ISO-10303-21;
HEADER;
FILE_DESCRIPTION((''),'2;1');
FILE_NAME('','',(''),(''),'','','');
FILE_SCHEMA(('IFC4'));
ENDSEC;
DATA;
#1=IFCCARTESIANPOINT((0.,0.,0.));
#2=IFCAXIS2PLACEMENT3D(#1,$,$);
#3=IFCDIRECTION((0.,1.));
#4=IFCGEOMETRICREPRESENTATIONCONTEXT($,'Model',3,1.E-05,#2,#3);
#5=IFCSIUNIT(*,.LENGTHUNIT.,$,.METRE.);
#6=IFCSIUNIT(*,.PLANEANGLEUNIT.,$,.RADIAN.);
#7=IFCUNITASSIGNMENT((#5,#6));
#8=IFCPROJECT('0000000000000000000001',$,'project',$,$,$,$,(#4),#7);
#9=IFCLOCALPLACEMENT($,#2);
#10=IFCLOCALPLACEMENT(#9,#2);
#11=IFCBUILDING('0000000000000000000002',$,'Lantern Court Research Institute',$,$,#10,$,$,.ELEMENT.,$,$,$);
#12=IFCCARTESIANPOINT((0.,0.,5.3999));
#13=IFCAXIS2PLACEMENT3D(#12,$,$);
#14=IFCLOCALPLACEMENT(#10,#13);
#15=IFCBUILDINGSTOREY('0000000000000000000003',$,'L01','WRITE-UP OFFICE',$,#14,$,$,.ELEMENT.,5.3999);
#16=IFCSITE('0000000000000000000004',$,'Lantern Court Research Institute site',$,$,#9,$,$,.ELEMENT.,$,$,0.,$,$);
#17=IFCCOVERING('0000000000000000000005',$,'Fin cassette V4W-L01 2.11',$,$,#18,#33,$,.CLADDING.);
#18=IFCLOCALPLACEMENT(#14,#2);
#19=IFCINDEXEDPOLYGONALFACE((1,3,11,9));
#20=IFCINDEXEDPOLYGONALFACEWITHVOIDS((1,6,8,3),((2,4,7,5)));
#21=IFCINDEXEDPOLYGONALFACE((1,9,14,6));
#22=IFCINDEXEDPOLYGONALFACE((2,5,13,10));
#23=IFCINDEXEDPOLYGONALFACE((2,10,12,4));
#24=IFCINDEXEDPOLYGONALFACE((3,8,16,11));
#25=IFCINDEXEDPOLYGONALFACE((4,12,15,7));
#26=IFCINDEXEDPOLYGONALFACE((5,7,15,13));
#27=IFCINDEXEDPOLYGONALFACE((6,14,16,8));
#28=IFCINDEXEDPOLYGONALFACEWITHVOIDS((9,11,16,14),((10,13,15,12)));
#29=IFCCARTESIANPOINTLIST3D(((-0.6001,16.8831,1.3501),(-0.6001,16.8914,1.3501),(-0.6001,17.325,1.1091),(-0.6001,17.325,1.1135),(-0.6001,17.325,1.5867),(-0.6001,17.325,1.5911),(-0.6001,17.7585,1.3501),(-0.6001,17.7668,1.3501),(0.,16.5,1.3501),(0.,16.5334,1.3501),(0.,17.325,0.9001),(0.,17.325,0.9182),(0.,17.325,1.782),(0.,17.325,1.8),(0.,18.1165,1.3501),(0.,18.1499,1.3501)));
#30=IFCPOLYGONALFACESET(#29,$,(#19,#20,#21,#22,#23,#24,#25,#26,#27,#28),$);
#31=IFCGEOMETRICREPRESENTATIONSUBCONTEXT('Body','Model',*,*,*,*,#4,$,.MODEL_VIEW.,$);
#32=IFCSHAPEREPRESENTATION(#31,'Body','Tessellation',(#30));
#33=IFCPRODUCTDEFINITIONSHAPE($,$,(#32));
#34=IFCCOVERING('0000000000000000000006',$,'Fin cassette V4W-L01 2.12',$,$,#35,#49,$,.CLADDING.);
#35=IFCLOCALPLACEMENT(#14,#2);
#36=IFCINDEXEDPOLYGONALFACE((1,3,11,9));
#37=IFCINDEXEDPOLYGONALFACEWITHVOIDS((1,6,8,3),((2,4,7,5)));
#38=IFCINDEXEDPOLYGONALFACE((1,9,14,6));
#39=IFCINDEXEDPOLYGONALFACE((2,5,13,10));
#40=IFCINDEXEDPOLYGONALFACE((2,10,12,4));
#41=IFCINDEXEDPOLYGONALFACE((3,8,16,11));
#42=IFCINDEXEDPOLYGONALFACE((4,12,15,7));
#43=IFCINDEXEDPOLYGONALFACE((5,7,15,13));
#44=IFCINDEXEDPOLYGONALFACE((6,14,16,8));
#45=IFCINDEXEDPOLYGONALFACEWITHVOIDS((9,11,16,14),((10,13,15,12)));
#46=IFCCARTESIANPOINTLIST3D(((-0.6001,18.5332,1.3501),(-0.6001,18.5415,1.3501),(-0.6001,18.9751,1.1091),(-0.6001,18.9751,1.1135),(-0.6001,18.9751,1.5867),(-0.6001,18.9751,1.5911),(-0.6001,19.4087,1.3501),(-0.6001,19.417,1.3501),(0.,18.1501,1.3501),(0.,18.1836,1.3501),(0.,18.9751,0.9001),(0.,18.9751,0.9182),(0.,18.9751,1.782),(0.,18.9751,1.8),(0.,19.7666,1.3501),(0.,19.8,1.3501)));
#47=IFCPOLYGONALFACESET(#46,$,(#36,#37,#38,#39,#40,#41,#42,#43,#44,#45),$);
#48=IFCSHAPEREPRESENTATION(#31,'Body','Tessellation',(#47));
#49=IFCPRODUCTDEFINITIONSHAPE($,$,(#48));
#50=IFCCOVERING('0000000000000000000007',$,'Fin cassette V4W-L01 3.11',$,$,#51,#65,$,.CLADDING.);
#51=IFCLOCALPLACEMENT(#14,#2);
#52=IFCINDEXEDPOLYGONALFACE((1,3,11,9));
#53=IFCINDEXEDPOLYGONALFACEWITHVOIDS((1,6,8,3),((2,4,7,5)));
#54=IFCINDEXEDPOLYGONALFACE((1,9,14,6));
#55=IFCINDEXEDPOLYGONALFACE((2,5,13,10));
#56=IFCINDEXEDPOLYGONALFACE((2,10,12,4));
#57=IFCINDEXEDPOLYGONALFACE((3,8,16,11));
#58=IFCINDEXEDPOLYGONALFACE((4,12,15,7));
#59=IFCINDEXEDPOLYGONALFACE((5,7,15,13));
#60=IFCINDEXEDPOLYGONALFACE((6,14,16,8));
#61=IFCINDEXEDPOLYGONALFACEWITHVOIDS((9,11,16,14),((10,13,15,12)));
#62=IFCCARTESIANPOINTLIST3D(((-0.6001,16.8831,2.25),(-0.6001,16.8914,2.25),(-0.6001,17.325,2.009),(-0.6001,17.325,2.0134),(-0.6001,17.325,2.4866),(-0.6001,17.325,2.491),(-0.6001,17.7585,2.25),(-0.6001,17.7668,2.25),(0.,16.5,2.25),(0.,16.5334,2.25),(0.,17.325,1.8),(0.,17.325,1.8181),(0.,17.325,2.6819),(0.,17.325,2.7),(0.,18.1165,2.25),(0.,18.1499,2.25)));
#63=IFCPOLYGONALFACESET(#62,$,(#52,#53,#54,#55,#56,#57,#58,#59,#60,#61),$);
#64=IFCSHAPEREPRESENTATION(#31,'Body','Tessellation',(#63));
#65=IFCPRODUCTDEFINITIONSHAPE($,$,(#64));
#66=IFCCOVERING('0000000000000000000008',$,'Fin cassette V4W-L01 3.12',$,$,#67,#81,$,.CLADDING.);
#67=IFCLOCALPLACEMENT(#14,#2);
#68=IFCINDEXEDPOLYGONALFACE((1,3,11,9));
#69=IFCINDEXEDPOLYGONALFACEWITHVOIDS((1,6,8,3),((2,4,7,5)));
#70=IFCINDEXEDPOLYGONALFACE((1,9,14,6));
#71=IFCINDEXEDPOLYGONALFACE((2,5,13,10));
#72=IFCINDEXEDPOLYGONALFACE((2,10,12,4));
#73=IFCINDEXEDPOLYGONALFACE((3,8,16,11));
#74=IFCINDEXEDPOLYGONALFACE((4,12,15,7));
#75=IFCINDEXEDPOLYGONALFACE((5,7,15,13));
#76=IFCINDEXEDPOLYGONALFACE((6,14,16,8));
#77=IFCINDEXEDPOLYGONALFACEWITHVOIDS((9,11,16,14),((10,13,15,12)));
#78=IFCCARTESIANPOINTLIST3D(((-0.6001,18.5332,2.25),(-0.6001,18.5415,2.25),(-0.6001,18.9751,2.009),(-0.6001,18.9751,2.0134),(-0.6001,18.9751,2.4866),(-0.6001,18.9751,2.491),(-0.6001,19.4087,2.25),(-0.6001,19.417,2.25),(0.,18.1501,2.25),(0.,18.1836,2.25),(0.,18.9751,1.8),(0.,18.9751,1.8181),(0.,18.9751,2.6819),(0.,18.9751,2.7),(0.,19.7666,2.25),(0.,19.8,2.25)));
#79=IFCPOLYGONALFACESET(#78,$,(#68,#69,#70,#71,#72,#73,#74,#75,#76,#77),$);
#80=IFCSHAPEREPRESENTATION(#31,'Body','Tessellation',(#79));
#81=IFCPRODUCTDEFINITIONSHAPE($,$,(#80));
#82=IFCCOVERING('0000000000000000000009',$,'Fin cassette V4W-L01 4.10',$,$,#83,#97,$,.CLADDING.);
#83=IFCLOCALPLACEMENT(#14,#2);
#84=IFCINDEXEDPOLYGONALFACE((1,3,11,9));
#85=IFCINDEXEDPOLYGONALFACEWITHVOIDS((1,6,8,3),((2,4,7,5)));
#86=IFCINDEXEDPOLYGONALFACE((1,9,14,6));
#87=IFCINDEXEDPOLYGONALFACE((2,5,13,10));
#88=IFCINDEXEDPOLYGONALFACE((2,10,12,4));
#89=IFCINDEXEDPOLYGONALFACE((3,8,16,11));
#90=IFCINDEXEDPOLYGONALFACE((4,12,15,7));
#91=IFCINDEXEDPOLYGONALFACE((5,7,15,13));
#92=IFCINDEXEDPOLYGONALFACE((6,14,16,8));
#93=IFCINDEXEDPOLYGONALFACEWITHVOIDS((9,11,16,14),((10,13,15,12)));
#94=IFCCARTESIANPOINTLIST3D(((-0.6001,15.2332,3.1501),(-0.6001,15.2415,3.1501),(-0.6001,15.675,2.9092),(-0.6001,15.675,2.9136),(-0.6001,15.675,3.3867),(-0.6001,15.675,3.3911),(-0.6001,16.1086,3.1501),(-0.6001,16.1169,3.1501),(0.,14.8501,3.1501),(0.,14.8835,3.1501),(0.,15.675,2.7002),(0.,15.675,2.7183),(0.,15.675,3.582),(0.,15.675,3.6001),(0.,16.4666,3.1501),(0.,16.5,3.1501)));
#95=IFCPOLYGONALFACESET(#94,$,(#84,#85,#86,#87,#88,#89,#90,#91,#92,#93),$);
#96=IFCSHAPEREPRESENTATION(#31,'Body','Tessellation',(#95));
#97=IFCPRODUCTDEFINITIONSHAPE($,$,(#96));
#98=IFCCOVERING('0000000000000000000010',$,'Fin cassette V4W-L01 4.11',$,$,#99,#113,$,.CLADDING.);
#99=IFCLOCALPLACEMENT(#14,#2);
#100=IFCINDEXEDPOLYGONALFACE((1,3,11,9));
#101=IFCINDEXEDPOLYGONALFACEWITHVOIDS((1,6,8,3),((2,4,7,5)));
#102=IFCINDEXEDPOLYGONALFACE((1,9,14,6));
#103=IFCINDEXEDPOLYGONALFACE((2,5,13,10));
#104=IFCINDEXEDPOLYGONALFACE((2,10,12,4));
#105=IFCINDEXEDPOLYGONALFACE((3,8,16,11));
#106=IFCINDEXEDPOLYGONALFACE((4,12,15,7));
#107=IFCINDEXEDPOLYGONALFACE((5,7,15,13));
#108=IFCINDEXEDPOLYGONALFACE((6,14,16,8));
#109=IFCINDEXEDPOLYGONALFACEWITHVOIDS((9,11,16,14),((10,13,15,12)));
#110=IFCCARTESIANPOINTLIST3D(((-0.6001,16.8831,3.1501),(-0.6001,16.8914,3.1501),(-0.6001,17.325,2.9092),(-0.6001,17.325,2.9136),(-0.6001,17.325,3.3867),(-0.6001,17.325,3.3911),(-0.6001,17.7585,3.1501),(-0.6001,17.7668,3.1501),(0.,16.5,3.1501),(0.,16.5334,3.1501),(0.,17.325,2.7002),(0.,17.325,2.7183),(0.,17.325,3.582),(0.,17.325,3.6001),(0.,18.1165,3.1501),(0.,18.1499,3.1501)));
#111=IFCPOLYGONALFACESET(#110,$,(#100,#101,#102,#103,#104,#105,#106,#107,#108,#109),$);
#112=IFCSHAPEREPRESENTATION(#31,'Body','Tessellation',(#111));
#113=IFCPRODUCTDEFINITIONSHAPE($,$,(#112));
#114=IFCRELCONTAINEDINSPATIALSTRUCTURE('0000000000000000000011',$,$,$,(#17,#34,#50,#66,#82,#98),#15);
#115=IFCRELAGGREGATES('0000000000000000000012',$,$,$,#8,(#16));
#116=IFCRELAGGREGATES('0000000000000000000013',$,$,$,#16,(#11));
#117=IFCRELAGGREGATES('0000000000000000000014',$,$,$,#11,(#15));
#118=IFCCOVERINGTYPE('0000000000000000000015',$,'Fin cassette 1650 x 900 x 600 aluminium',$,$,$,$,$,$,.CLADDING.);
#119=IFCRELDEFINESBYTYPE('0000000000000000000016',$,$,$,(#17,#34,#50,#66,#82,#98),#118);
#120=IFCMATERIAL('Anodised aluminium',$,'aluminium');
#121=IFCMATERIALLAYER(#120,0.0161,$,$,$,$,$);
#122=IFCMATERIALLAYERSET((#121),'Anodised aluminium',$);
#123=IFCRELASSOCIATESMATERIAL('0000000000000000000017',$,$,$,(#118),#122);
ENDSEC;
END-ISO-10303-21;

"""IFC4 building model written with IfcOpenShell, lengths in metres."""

from ifc_helpers import new_model, entity, si_unit, direction, frame, origin, place, context, subcontext, project, spatial, material, layer, layer_set, type_object, element, save


model = new_model("IFC4")

# Units and contexts
model_context = context("Model", 3, precision=1e-05, world=origin(), true_north=direction((0.0, 1.0)))
body_context = subcontext(model_context, "Body", "Model", "MODEL_VIEW")
ifc_project = project(units=[si_unit("LENGTHUNIT", "METRE"), si_unit("PLANEANGLEUNIT", "RADIAN")], contexts=[model_context])

# Site, building, storey
site_placement = place(None, origin())
site = spatial("IfcSite", under=ifc_project, at=site_placement, Name="Lantern Court Research Institute site", CompositionType="ELEMENT", RefElevation=0.0)
building_placement = place(site_placement, origin())
building = spatial("IfcBuilding", under=site, at=building_placement, Name="Lantern Court Research Institute", CompositionType="ELEMENT")
storey_placement = place(building_placement, frame((0.0, 0.0, 5.3999)))
storey = spatial("IfcBuildingStorey", under=building, at=storey_placement, Name="L01", Description="WRITE-UP OFFICE", CompositionType="ELEMENT", Elevation=5.3999)

# Coverings
ifc_material_1 = material(Name="Anodised aluminium", Category="aluminium")
ifc_layer_1 = layer(ifc_material_1, 0.0161)
ifc_layer_set_1 = layer_set([ifc_layer_1], Name="Anodised aluminium")
covering_type = type_object("IfcCoveringType", Name="Fin cassette 1650 x 900 x 600 aluminium", PredefinedType="CLADDING", material=ifc_layer_set_1)
covering_1_placement = place(storey_placement, frame((0.0, 17.325, 1.3501), z_axis=(-1.0, 0.0, 0.0), x_axis=(0.0, -1.0, 0.0)))
cartesian_point_1 = entity("IfcCartesianPoint", [0.825, 0.0])
cartesian_point_2 = entity("IfcCartesianPoint", [0.7915, 0.0])
cartesian_point_3 = entity("IfcCartesianPoint", [0.4419, 0.0])
cartesian_point_4 = entity("IfcCartesianPoint", [0.4336, 0.0])
element("IfcCovering", 1, at=covering_1_placement, inside=storey, type_object=covering_type, Name="Fin cassette V4W-L01 2.11", PredefinedType="CLADDING", context=body_context, shape_type="SweptSolid", body=[
    entity("IfcExtrudedAreaSolidTapered", entity("IfcArbitraryProfileDefWithVoids", "AREA", None, entity("IfcPolyline", [cartesian_point_1, entity("IfcCartesianPoint", [0.0, 0.45]), entity("IfcCartesianPoint", [-0.825, 0.0]), entity("IfcCartesianPoint", [0.0, -0.45]), cartesian_point_1]), [entity("IfcPolyline", [cartesian_point_2, entity("IfcCartesianPoint", [0.0, 0.4319]), entity("IfcCartesianPoint", [-0.7915, 0.0]), entity("IfcCartesianPoint", [0.0, -0.4319]), cartesian_point_2])]), entity("IfcAxis2Placement3D", entity("IfcCartesianPoint", [0.0, 0.0, 0.0])), entity("IfcDirection", [0.0, 0.0, 1.0]), 0.6001, entity("IfcArbitraryProfileDefWithVoids", "AREA", None, entity("IfcPolyline", [cartesian_point_3, entity("IfcCartesianPoint", [0.0, 0.241]), entity("IfcCartesianPoint", [-0.4419, 0.0]), entity("IfcCartesianPoint", [0.0, -0.241]), cartesian_point_3]), [entity("IfcPolyline", [cartesian_point_4, entity("IfcCartesianPoint", [0.0, 0.2366]), entity("IfcCartesianPoint", [-0.4336, 0.0]), entity("IfcCartesianPoint", [0.0, -0.2366]), cartesian_point_4])])),
])
covering_2_placement = place(storey_placement, frame((0.0, 18.9751, 1.3501), z_axis=(-1.0, 0.0, 0.0), x_axis=(0.0, -1.0, 0.0)))
cartesian_point_5 = entity("IfcCartesianPoint", [0.825, 0.0])
cartesian_point_6 = entity("IfcCartesianPoint", [0.7915, 0.0])
cartesian_point_7 = entity("IfcCartesianPoint", [0.4419, 0.0])
cartesian_point_8 = entity("IfcCartesianPoint", [0.4336, 0.0])
element("IfcCovering", 2, at=covering_2_placement, inside=storey, type_object=covering_type, Name="Fin cassette V4W-L01 2.12", PredefinedType="CLADDING", context=body_context, shape_type="SweptSolid", body=[
    entity("IfcExtrudedAreaSolidTapered", entity("IfcArbitraryProfileDefWithVoids", "AREA", None, entity("IfcPolyline", [cartesian_point_5, entity("IfcCartesianPoint", [0.0, 0.45]), entity("IfcCartesianPoint", [-0.825, 0.0]), entity("IfcCartesianPoint", [0.0, -0.45]), cartesian_point_5]), [entity("IfcPolyline", [cartesian_point_6, entity("IfcCartesianPoint", [0.0, 0.4319]), entity("IfcCartesianPoint", [-0.7915, 0.0]), entity("IfcCartesianPoint", [0.0, -0.4319]), cartesian_point_6])]), entity("IfcAxis2Placement3D", entity("IfcCartesianPoint", [0.0, 0.0, 0.0])), entity("IfcDirection", [0.0, 0.0, 1.0]), 0.6001, entity("IfcArbitraryProfileDefWithVoids", "AREA", None, entity("IfcPolyline", [cartesian_point_7, entity("IfcCartesianPoint", [0.0, 0.241]), entity("IfcCartesianPoint", [-0.4419, 0.0]), entity("IfcCartesianPoint", [0.0, -0.241]), cartesian_point_7]), [entity("IfcPolyline", [cartesian_point_8, entity("IfcCartesianPoint", [0.0, 0.2366]), entity("IfcCartesianPoint", [-0.4336, 0.0]), entity("IfcCartesianPoint", [0.0, -0.2366]), cartesian_point_8])])),
])
covering_3_placement = place(storey_placement, frame((0.0, 17.325, 2.25), z_axis=(-1.0, 0.0, 0.0), x_axis=(0.0, -1.0, 0.0)))
cartesian_point_9 = entity("IfcCartesianPoint", [0.825, 0.0])
cartesian_point_10 = entity("IfcCartesianPoint", [0.7915, 0.0])
cartesian_point_11 = entity("IfcCartesianPoint", [0.4419, 0.0])
cartesian_point_12 = entity("IfcCartesianPoint", [0.4336, 0.0])
element("IfcCovering", 3, at=covering_3_placement, inside=storey, type_object=covering_type, Name="Fin cassette V4W-L01 3.11", PredefinedType="CLADDING", context=body_context, shape_type="SweptSolid", body=[
    entity("IfcExtrudedAreaSolidTapered", entity("IfcArbitraryProfileDefWithVoids", "AREA", None, entity("IfcPolyline", [cartesian_point_9, entity("IfcCartesianPoint", [0.0, 0.45]), entity("IfcCartesianPoint", [-0.825, 0.0]), entity("IfcCartesianPoint", [0.0, -0.45]), cartesian_point_9]), [entity("IfcPolyline", [cartesian_point_10, entity("IfcCartesianPoint", [0.0, 0.4319]), entity("IfcCartesianPoint", [-0.7915, 0.0]), entity("IfcCartesianPoint", [0.0, -0.4319]), cartesian_point_10])]), entity("IfcAxis2Placement3D", entity("IfcCartesianPoint", [0.0, 0.0, 0.0])), entity("IfcDirection", [0.0, 0.0, 1.0]), 0.6001, entity("IfcArbitraryProfileDefWithVoids", "AREA", None, entity("IfcPolyline", [cartesian_point_11, entity("IfcCartesianPoint", [0.0, 0.241]), entity("IfcCartesianPoint", [-0.4419, 0.0]), entity("IfcCartesianPoint", [0.0, -0.241]), cartesian_point_11]), [entity("IfcPolyline", [cartesian_point_12, entity("IfcCartesianPoint", [0.0, 0.2366]), entity("IfcCartesianPoint", [-0.4336, 0.0]), entity("IfcCartesianPoint", [0.0, -0.2366]), cartesian_point_12])])),
])
covering_4_placement = place(storey_placement, frame((0.0, 18.9751, 2.25), z_axis=(-1.0, 0.0, 0.0), x_axis=(0.0, -1.0, 0.0)))
cartesian_point_13 = entity("IfcCartesianPoint", [0.825, 0.0])
cartesian_point_14 = entity("IfcCartesianPoint", [0.7915, 0.0])
cartesian_point_15 = entity("IfcCartesianPoint", [0.4419, 0.0])
cartesian_point_16 = entity("IfcCartesianPoint", [0.4336, 0.0])
element("IfcCovering", 4, at=covering_4_placement, inside=storey, type_object=covering_type, Name="Fin cassette V4W-L01 3.12", PredefinedType="CLADDING", context=body_context, shape_type="SweptSolid", body=[
    entity("IfcExtrudedAreaSolidTapered", entity("IfcArbitraryProfileDefWithVoids", "AREA", None, entity("IfcPolyline", [cartesian_point_13, entity("IfcCartesianPoint", [0.0, 0.45]), entity("IfcCartesianPoint", [-0.825, 0.0]), entity("IfcCartesianPoint", [0.0, -0.45]), cartesian_point_13]), [entity("IfcPolyline", [cartesian_point_14, entity("IfcCartesianPoint", [0.0, 0.4319]), entity("IfcCartesianPoint", [-0.7915, 0.0]), entity("IfcCartesianPoint", [0.0, -0.4319]), cartesian_point_14])]), entity("IfcAxis2Placement3D", entity("IfcCartesianPoint", [0.0, 0.0, 0.0])), entity("IfcDirection", [0.0, 0.0, 1.0]), 0.6001, entity("IfcArbitraryProfileDefWithVoids", "AREA", None, entity("IfcPolyline", [cartesian_point_15, entity("IfcCartesianPoint", [0.0, 0.241]), entity("IfcCartesianPoint", [-0.4419, 0.0]), entity("IfcCartesianPoint", [0.0, -0.241]), cartesian_point_15]), [entity("IfcPolyline", [cartesian_point_16, entity("IfcCartesianPoint", [0.0, 0.2366]), entity("IfcCartesianPoint", [-0.4336, 0.0]), entity("IfcCartesianPoint", [0.0, -0.2366]), cartesian_point_16])])),
])
covering_5_placement = place(storey_placement, frame((0.0, 15.675, 3.1501), z_axis=(-1.0, 0.0, 0.0), x_axis=(0.0, -1.0, 0.0)))
cartesian_point_17 = entity("IfcCartesianPoint", [0.825, 0.0])
cartesian_point_18 = entity("IfcCartesianPoint", [0.7915, 0.0])
cartesian_point_19 = entity("IfcCartesianPoint", [0.4419, 0.0])
cartesian_point_20 = entity("IfcCartesianPoint", [0.4336, 0.0])
element("IfcCovering", 5, at=covering_5_placement, inside=storey, type_object=covering_type, Name="Fin cassette V4W-L01 4.10", PredefinedType="CLADDING", context=body_context, shape_type="SweptSolid", body=[
    entity("IfcExtrudedAreaSolidTapered", entity("IfcArbitraryProfileDefWithVoids", "AREA", None, entity("IfcPolyline", [cartesian_point_17, entity("IfcCartesianPoint", [0.0, 0.45]), entity("IfcCartesianPoint", [-0.825, 0.0]), entity("IfcCartesianPoint", [0.0, -0.45]), cartesian_point_17]), [entity("IfcPolyline", [cartesian_point_18, entity("IfcCartesianPoint", [0.0, 0.4319]), entity("IfcCartesianPoint", [-0.7915, 0.0]), entity("IfcCartesianPoint", [0.0, -0.4319]), cartesian_point_18])]), entity("IfcAxis2Placement3D", entity("IfcCartesianPoint", [0.0, 0.0, 0.0])), entity("IfcDirection", [0.0, 0.0, 1.0]), 0.6001, entity("IfcArbitraryProfileDefWithVoids", "AREA", None, entity("IfcPolyline", [cartesian_point_19, entity("IfcCartesianPoint", [0.0, 0.241]), entity("IfcCartesianPoint", [-0.4419, 0.0]), entity("IfcCartesianPoint", [0.0, -0.241]), cartesian_point_19]), [entity("IfcPolyline", [cartesian_point_20, entity("IfcCartesianPoint", [0.0, 0.2366]), entity("IfcCartesianPoint", [-0.4336, 0.0]), entity("IfcCartesianPoint", [0.0, -0.2366]), cartesian_point_20])])),
])
covering_6_placement = place(storey_placement, frame((0.0, 17.325, 3.1501), z_axis=(-1.0, 0.0, 0.0), x_axis=(0.0, -1.0, 0.0)))
cartesian_point_21 = entity("IfcCartesianPoint", [0.825, 0.0])
cartesian_point_22 = entity("IfcCartesianPoint", [0.7915, 0.0])
cartesian_point_23 = entity("IfcCartesianPoint", [0.4419, 0.0])
cartesian_point_24 = entity("IfcCartesianPoint", [0.4336, 0.0])
element("IfcCovering", 6, at=covering_6_placement, inside=storey, type_object=covering_type, Name="Fin cassette V4W-L01 4.11", PredefinedType="CLADDING", context=body_context, shape_type="SweptSolid", body=[
    entity("IfcExtrudedAreaSolidTapered", entity("IfcArbitraryProfileDefWithVoids", "AREA", None, entity("IfcPolyline", [cartesian_point_21, entity("IfcCartesianPoint", [0.0, 0.45]), entity("IfcCartesianPoint", [-0.825, 0.0]), entity("IfcCartesianPoint", [0.0, -0.45]), cartesian_point_21]), [entity("IfcPolyline", [cartesian_point_22, entity("IfcCartesianPoint", [0.0, 0.4319]), entity("IfcCartesianPoint", [-0.7915, 0.0]), entity("IfcCartesianPoint", [0.0, -0.4319]), cartesian_point_22])]), entity("IfcAxis2Placement3D", entity("IfcCartesianPoint", [0.0, 0.0, 0.0])), entity("IfcDirection", [0.0, 0.0, 1.0]), 0.6001, entity("IfcArbitraryProfileDefWithVoids", "AREA", None, entity("IfcPolyline", [cartesian_point_23, entity("IfcCartesianPoint", [0.0, 0.241]), entity("IfcCartesianPoint", [-0.4419, 0.0]), entity("IfcCartesianPoint", [0.0, -0.241]), cartesian_point_23]), [entity("IfcPolyline", [cartesian_point_24, entity("IfcCartesianPoint", [0.0, 0.2366]), entity("IfcCartesianPoint", [-0.4336, 0.0]), entity("IfcCartesianPoint", [0.0, -0.2366]), cartesian_point_24])])),
])

save(model, "model.ifc")
